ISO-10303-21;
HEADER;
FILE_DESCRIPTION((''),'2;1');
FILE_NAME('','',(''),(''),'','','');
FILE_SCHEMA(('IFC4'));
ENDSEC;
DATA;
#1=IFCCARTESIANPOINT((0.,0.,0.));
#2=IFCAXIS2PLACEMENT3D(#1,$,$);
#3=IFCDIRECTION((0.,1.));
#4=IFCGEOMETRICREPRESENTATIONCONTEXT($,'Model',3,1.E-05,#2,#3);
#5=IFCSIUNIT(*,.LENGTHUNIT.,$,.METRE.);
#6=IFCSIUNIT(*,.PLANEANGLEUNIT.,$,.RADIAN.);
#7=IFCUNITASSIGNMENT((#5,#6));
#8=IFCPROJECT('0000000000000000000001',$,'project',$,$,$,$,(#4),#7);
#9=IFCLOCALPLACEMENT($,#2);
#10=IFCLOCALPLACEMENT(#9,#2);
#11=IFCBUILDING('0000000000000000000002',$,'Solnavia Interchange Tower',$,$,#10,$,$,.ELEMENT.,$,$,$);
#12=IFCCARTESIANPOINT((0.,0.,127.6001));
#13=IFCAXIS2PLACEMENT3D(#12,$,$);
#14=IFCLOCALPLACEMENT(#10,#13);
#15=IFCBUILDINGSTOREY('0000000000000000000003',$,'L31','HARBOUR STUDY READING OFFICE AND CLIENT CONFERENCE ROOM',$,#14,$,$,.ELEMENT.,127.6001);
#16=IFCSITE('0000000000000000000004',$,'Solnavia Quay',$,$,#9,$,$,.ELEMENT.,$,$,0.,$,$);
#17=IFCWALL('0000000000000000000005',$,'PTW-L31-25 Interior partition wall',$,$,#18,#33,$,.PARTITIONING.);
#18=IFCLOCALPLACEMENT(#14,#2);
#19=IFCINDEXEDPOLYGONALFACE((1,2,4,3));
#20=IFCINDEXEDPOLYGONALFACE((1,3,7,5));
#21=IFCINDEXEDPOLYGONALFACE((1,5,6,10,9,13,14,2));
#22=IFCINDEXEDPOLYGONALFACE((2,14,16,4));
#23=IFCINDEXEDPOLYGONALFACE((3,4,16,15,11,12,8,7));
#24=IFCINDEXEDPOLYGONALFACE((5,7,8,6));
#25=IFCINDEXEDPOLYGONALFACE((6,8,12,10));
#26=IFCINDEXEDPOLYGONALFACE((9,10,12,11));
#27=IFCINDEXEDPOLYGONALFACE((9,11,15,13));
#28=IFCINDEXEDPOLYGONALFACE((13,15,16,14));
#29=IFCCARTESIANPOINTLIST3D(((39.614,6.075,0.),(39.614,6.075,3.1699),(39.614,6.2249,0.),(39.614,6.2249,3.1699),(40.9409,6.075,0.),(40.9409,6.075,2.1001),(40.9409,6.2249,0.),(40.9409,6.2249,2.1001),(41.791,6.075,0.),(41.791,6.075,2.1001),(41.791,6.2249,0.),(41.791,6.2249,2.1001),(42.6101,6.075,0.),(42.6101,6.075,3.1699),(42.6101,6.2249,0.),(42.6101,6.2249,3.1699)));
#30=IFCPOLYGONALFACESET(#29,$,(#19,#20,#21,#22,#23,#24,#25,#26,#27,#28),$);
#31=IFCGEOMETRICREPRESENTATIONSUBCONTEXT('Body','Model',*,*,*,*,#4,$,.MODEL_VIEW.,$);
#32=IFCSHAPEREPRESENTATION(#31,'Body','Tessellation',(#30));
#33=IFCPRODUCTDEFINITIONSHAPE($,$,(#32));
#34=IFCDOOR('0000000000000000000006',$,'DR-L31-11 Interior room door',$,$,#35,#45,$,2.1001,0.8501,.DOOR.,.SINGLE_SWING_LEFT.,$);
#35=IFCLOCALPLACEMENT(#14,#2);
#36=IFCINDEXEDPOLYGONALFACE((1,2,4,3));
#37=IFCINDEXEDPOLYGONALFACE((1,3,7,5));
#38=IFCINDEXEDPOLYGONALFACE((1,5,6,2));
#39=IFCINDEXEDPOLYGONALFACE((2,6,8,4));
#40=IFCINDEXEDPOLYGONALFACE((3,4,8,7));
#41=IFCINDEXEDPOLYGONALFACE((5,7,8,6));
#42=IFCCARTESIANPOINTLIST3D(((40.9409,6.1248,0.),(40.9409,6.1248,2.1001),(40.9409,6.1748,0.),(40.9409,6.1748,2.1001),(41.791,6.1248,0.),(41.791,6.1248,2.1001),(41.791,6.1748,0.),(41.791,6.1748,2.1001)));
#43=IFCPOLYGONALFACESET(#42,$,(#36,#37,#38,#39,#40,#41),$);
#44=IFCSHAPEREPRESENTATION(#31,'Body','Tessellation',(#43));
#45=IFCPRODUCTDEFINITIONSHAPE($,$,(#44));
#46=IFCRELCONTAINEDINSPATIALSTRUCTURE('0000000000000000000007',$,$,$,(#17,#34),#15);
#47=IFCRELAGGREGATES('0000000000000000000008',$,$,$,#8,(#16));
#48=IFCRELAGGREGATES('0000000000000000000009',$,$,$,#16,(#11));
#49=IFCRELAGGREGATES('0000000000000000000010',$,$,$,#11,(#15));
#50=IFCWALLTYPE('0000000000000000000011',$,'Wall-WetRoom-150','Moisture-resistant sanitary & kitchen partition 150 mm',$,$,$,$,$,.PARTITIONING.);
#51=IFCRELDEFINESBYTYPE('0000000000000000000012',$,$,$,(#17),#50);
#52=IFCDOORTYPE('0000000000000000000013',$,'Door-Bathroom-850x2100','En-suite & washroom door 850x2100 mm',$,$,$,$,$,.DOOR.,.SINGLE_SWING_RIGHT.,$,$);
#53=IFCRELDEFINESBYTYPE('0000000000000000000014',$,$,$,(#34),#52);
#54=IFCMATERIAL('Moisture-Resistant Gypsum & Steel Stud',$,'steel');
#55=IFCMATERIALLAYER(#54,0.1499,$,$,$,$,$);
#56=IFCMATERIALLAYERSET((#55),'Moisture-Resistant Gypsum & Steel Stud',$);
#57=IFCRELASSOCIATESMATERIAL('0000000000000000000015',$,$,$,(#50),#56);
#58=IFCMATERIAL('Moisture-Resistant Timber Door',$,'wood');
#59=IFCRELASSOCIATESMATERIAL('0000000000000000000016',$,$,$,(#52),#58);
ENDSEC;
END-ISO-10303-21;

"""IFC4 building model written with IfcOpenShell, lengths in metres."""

from ifc_helpers import new_model, si_unit, direction, frame, frame_2d, origin, place, context, subcontext, project, spatial, rectangle, extrude, material, layer, layer_set, type_object, element, fill, save


model = new_model("IFC4")

# Units and contexts
model_context = context("Model", 3, precision=1e-05, world=origin(), true_north=direction((0.0, 1.0)))
body_context = subcontext(model_context, "Body", "Model", "MODEL_VIEW")
ifc_project = project(units=[si_unit("LENGTHUNIT", "METRE"), si_unit("PLANEANGLEUNIT", "RADIAN")], contexts=[model_context])

# Site, building, storey
site_placement = place(None, origin())
site = spatial("IfcSite", under=ifc_project, at=site_placement, Name="Solnavia Quay", CompositionType="ELEMENT", RefElevation=0.0)
building_placement = place(site_placement, origin())
building = spatial("IfcBuilding", under=site, at=building_placement, Name="Solnavia Interchange Tower", CompositionType="ELEMENT")
storey_placement = place(building_placement, frame((0.0, 0.0, 127.6001)))
storey = spatial("IfcBuildingStorey", under=building, at=storey_placement, Name="L31", Description="HARBOUR STUDY READING OFFICE AND CLIENT CONFERENCE ROOM", CompositionType="ELEMENT", Elevation=127.6001)

# Shared definitions
ifc_material_1 = material(Name="Moisture-Resistant Gypsum & Steel Stud", Category="steel")
ifc_layer_1 = layer(ifc_material_1, 0.1499)
ifc_layer_set_1 = layer_set([ifc_layer_1], Name="Moisture-Resistant Gypsum & Steel Stud")
wall_type_1 = type_object("IfcWallType", Name="Wall-WetRoom-150", Description="Moisture-resistant sanitary & kitchen partition 150 mm", PredefinedType="PARTITIONING", material=ifc_layer_set_1)
ifc_material_2 = material(Name="Moisture-Resistant Timber Door", Category="wood")
door_type_1 = type_object("IfcDoorType", Name="Door-Bathroom-850x2100", Description="En-suite & washroom door 850x2100 mm", OperationType="SINGLE_SWING_RIGHT", PredefinedType="DOOR", material=ifc_material_2)

# Wall, opening, door
wall_1_placement = place(storey_placement, frame((39.614, 6.1499, 0.0), z_axis=(0.0, 0.0, 1.0), x_axis=(1.0, 0.0, 0.0)))
wall_1 = element("IfcWall", 1, at=wall_1_placement, inside=storey, type_object=wall_type_1, Name="PTW-L31-25 Interior partition wall", PredefinedType="PARTITIONING", context=body_context, shape_type="SweptSolid", body=[
    extrude(rectangle(XDim=2.9961, YDim=0.1499, at=frame_2d((1.498, 0.0))), origin(), (0.0, 0.0, 1.0), 3.1699),
])
opening_1_placement = place(wall_1_placement, frame((1.3269, 0.0, 0.0)))
opening_1 = element("IfcOpeningElement", 2, at=opening_1_placement, cuts=wall_1, PredefinedType="OPENING", context=body_context, shape_type="SweptSolid", body=[
    extrude(rectangle(XDim=0.8501, YDim=2.1001, at=frame_2d((0.425, 1.05))), frame((0.0, 0.085, 0.0), z_axis=(0.0, -1.0, 0.0), x_axis=(1.0, 0.0, 0.0)), (0.0, 0.0, 1.0), 0.1699),
])
door_1_placement = place(opening_1_placement, origin())
door_1 = element("IfcDoor", 3, at=door_1_placement, inside=storey, type_object=door_type_1, Name="DR-L31-11 Interior room door", OperationType="SINGLE_SWING_LEFT", OverallHeight=2.1001, OverallWidth=0.8501, PredefinedType="DOOR", context=body_context, shape_type="SweptSolid", body=[
    extrude(rectangle(XDim=0.8501, YDim=2.1001, at=frame_2d((0.425, 1.05))), frame((0.0, 0.0249, 0.0), z_axis=(0.0, -1.0, 0.0), x_axis=(1.0, 0.0, 0.0)), (0.0, 0.0, 1.0), 0.05),
])
fill(opening_1, door_1)

save(model, "model.ifc")
